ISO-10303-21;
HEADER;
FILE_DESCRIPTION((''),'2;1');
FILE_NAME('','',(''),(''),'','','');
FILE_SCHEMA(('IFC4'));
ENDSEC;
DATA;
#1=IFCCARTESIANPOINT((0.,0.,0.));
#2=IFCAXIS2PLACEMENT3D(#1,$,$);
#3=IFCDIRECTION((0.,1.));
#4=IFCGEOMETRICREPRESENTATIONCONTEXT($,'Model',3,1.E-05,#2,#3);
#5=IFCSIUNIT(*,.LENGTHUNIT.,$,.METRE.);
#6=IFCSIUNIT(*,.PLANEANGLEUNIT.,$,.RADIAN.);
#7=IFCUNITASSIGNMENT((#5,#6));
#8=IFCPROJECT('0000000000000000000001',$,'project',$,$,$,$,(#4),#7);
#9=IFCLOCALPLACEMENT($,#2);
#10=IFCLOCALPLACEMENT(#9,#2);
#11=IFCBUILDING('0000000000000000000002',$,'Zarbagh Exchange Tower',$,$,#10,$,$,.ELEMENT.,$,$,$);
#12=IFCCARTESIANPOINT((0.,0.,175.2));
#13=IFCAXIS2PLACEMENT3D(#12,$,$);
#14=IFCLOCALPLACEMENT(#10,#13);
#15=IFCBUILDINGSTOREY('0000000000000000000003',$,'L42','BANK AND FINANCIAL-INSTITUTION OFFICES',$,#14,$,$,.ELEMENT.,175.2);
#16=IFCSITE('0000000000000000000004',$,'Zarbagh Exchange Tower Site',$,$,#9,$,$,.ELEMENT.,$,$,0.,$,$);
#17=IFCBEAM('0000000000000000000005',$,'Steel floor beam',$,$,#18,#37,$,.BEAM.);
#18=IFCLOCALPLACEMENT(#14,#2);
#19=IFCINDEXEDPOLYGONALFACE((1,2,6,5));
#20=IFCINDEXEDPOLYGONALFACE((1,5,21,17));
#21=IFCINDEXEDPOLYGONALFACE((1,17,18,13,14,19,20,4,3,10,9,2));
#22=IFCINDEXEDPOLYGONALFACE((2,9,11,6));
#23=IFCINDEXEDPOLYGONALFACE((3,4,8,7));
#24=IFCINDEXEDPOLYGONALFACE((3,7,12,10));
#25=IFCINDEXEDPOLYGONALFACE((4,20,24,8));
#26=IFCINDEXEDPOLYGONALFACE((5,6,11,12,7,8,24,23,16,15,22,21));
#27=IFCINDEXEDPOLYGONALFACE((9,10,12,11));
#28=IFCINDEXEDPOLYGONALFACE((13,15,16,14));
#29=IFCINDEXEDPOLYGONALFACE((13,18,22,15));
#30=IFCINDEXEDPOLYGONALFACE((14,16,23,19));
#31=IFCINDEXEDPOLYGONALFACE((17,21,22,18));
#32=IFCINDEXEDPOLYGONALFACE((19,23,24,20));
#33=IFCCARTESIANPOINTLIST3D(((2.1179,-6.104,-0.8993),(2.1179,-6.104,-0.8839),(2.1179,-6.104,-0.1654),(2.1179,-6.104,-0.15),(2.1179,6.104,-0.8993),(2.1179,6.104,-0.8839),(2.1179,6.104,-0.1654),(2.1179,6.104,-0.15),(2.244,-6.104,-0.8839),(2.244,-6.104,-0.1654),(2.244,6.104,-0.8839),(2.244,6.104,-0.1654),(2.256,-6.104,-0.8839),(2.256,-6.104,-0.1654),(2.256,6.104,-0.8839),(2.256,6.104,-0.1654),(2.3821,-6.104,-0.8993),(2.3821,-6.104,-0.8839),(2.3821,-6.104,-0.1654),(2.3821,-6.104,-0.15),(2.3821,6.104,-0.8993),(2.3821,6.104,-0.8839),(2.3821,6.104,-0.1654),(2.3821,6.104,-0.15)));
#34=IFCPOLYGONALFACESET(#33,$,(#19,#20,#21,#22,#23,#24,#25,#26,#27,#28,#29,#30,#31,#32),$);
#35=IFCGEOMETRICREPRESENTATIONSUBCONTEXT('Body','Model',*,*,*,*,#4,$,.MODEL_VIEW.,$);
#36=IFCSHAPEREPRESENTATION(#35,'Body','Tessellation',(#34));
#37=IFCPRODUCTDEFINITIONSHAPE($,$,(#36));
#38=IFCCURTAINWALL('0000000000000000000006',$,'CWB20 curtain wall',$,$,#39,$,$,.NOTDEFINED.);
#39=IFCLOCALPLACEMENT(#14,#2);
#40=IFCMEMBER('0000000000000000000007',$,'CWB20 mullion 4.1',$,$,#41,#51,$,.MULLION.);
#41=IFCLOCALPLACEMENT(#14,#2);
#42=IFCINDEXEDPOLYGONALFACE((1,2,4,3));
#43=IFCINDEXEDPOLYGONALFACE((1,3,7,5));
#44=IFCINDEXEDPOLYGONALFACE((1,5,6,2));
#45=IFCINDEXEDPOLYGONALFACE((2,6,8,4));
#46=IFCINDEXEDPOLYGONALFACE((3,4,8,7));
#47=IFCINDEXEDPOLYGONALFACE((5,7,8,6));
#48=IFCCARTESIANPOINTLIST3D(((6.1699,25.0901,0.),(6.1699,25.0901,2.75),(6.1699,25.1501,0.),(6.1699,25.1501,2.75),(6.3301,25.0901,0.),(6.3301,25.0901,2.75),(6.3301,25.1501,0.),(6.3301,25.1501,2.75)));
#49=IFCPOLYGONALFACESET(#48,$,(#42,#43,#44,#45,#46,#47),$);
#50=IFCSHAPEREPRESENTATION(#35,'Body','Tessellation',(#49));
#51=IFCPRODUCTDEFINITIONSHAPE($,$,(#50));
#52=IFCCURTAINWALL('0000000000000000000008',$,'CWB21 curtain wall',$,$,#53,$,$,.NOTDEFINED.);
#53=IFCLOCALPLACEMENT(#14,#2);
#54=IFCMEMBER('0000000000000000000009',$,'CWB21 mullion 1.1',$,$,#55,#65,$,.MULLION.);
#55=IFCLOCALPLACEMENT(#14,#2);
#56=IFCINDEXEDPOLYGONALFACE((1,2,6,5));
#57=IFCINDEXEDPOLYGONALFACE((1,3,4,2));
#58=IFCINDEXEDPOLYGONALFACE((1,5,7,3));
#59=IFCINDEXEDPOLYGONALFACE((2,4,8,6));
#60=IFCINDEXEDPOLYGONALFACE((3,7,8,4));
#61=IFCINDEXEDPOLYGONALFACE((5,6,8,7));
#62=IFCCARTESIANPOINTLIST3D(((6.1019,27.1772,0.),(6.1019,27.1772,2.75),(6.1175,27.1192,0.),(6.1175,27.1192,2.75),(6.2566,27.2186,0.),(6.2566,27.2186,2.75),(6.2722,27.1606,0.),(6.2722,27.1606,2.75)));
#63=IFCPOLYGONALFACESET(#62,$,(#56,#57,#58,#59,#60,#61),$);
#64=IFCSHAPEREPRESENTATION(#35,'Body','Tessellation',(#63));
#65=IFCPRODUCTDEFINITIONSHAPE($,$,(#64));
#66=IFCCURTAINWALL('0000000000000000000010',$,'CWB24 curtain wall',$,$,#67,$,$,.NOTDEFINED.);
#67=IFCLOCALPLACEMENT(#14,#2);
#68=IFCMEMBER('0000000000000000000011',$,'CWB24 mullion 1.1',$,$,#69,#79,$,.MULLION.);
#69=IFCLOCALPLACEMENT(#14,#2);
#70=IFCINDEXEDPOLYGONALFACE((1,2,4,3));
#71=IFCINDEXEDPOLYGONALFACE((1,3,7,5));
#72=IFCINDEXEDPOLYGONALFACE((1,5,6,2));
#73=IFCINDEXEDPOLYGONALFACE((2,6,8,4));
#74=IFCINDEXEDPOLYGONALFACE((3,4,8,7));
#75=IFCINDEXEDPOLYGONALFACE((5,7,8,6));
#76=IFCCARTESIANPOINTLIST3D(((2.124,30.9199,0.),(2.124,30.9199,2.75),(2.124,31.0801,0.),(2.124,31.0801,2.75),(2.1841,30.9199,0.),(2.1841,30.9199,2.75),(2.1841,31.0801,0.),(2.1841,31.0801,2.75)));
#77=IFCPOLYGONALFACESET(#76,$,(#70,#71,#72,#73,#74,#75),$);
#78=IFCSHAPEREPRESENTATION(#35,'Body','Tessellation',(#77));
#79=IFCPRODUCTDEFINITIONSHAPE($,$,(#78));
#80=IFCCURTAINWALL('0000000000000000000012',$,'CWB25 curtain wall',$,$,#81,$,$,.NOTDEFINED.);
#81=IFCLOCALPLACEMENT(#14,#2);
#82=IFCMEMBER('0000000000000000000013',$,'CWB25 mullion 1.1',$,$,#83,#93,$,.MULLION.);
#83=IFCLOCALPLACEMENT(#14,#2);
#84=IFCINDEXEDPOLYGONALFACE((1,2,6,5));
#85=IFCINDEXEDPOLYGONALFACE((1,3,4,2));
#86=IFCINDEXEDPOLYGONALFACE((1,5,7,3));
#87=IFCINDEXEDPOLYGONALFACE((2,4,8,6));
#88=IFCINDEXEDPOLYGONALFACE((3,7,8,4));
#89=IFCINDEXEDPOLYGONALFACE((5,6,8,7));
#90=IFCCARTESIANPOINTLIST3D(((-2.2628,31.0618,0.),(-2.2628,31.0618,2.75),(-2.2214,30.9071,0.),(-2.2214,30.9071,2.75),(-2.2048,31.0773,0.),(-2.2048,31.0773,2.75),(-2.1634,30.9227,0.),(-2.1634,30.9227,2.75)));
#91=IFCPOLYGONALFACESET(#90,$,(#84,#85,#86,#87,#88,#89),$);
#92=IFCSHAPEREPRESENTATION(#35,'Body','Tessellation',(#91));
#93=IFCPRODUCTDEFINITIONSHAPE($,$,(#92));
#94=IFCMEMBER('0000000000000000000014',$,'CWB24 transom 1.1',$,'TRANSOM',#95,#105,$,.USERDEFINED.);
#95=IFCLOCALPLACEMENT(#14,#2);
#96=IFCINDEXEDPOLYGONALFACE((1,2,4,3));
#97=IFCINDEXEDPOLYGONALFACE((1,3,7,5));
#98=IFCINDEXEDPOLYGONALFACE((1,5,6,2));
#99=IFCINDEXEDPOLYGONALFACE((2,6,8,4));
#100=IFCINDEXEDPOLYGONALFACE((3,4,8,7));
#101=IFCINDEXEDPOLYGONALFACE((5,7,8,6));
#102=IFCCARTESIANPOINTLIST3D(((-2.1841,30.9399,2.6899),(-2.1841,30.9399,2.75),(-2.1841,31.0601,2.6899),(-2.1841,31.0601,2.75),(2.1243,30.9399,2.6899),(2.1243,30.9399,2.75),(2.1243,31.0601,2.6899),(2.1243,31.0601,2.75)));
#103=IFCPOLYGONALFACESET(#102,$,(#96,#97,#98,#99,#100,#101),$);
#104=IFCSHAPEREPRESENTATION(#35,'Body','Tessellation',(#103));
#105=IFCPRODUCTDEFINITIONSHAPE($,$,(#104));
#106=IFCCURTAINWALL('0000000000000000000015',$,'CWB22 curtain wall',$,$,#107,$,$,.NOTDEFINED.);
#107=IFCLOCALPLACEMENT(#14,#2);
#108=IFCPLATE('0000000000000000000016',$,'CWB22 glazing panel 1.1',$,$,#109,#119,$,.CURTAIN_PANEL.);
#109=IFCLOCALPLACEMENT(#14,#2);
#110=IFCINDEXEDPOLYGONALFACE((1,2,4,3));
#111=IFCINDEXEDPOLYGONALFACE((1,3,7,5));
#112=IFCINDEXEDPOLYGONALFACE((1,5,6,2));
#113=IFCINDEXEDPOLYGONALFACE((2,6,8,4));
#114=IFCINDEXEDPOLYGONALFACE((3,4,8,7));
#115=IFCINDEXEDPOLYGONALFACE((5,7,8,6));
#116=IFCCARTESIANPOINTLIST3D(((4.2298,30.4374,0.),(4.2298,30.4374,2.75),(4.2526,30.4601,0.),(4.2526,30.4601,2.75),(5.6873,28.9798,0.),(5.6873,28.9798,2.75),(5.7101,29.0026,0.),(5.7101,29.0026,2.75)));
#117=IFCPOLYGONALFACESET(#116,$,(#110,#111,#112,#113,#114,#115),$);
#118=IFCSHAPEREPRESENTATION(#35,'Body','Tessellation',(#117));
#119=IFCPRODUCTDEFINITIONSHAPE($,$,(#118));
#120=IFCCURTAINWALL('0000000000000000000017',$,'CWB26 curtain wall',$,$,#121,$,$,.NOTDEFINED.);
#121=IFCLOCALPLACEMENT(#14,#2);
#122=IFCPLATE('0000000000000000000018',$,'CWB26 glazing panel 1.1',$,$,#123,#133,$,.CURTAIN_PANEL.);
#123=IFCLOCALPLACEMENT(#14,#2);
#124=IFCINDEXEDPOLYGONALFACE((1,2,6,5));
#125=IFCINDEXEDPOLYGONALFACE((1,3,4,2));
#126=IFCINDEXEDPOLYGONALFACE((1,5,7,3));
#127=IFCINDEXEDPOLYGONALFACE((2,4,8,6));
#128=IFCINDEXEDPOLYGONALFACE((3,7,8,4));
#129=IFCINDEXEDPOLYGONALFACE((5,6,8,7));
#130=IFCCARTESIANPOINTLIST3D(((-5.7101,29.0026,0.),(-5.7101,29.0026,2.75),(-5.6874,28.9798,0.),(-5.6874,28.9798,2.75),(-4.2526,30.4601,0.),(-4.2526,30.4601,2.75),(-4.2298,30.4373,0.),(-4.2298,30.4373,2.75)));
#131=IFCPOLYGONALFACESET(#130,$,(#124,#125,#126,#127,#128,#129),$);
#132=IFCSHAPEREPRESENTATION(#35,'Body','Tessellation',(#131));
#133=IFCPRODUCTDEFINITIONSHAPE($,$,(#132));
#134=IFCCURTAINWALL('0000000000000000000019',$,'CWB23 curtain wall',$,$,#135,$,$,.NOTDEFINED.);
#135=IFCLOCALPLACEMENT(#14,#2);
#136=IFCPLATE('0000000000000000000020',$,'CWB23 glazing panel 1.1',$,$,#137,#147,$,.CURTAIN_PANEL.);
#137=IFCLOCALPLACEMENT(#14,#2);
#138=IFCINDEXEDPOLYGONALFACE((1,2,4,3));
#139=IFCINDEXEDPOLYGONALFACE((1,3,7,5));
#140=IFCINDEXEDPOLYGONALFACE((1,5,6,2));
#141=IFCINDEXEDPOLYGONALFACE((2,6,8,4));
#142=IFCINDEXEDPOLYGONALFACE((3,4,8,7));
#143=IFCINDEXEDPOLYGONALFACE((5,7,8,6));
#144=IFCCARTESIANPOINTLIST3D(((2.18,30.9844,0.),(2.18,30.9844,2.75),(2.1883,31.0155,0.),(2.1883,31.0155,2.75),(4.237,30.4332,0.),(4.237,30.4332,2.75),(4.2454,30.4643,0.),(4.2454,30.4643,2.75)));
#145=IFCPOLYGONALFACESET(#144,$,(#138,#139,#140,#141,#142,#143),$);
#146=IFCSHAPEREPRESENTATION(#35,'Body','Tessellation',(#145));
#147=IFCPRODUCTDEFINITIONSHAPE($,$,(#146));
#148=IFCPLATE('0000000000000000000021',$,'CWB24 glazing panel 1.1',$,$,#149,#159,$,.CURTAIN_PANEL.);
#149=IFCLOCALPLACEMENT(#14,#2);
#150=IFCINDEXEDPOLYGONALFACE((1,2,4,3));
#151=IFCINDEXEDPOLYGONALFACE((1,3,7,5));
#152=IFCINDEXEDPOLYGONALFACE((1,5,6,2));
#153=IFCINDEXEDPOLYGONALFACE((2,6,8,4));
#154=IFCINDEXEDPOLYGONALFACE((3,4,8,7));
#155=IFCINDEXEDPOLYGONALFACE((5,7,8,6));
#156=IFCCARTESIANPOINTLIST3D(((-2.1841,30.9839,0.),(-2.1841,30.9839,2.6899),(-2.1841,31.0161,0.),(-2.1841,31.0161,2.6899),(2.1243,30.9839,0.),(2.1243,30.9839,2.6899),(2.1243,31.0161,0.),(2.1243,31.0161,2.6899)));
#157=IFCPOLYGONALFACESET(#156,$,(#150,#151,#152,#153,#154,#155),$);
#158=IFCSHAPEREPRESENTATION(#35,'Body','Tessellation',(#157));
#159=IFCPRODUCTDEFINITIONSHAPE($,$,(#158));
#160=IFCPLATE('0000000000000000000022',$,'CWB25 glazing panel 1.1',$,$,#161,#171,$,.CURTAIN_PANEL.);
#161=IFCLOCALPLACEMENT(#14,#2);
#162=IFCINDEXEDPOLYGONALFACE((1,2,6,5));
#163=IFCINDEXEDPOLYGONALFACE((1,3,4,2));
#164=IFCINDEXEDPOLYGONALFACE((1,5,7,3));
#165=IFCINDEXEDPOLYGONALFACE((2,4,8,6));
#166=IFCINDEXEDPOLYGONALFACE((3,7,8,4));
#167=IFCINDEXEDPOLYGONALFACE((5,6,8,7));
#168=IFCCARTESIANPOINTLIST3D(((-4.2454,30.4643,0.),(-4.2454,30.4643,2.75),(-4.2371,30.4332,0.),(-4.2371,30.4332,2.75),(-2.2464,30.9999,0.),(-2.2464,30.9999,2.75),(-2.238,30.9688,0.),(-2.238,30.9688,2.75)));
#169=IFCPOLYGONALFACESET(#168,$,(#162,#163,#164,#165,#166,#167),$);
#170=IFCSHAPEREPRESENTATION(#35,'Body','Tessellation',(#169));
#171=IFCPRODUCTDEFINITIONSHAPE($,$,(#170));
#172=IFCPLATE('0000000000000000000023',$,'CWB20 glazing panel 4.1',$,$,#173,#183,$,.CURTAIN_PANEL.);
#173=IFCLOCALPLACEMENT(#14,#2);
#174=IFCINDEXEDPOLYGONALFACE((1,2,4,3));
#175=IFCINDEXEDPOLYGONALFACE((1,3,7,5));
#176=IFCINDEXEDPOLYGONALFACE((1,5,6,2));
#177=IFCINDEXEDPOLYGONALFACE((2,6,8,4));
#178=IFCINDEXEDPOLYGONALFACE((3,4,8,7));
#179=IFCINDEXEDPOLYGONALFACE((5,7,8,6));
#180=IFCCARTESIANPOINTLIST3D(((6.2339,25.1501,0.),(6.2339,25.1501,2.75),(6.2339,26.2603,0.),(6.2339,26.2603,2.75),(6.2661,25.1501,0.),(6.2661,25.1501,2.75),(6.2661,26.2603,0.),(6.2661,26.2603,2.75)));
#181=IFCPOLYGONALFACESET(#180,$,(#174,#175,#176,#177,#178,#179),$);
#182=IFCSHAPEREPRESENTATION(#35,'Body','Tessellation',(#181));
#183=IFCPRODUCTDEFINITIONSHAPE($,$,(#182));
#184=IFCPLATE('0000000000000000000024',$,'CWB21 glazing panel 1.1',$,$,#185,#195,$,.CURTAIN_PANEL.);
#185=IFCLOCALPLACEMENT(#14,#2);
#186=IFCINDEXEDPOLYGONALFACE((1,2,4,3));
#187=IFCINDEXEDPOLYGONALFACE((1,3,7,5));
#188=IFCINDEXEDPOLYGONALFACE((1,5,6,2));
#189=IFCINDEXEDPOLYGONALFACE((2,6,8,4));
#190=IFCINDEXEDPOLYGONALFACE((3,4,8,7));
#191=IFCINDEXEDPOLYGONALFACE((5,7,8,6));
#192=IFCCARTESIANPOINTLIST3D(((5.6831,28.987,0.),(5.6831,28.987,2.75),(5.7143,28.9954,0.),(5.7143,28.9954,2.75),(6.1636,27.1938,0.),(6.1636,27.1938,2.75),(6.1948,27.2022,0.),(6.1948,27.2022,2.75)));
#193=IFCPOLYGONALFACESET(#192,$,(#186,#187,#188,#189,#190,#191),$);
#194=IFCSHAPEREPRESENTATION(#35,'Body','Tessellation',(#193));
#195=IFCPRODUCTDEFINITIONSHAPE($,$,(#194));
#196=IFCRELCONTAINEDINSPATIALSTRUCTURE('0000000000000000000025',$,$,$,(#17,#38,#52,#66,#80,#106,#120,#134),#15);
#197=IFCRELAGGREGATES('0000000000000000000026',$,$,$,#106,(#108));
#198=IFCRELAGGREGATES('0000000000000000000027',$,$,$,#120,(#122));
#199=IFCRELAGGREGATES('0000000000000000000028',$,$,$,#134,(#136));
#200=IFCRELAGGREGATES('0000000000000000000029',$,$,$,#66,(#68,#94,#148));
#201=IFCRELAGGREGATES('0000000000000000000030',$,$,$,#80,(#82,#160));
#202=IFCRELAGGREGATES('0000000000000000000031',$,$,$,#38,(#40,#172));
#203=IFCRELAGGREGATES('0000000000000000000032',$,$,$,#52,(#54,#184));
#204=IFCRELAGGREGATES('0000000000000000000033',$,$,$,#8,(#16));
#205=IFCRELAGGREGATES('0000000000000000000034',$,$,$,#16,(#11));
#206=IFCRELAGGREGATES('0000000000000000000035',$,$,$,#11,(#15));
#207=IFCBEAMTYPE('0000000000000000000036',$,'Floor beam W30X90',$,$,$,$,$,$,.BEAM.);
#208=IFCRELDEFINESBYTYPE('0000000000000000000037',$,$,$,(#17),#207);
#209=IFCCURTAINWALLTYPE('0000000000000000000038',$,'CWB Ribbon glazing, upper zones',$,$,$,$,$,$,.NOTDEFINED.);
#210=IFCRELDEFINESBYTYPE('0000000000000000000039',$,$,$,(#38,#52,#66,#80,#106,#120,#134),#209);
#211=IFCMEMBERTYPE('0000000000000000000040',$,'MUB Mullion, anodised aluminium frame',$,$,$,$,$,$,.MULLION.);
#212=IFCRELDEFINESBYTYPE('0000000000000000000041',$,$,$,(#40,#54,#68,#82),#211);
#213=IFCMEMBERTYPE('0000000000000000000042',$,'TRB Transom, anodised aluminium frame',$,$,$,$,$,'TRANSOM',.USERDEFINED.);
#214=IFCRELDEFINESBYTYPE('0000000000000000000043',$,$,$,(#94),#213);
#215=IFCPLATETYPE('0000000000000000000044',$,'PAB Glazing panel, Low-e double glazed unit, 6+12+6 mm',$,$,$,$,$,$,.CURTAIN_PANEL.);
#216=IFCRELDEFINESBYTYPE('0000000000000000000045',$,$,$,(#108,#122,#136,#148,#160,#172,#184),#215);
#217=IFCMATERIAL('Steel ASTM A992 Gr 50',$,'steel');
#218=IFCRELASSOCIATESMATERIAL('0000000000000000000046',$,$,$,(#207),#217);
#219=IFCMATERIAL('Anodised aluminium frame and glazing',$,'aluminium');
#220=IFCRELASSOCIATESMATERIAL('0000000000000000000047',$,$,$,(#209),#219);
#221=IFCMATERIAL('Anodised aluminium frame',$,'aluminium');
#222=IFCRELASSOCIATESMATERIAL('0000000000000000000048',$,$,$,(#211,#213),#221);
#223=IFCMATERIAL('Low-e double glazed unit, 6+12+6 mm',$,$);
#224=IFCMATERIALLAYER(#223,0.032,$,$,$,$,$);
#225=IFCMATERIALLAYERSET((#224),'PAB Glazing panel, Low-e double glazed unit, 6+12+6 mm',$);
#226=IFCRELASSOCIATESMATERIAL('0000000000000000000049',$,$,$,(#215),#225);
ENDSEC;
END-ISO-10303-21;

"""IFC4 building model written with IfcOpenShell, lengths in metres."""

from ifc_helpers import new_model, si_unit, direction, frame, origin, origin_2d, place, context, subcontext, project, spatial, polyline, i_section, outline, extrude, source, transform, mapped, material, layer, layer_set, material_profile, profile_set, type_object, element, aggregate, save


model = new_model("IFC4")

# Units and contexts
model_context = context("Model", 3, precision=1e-05, world=origin(), true_north=direction((0.0, 1.0)))
body_context = subcontext(model_context, "Body", "Model", "MODEL_VIEW")
ifc_project = project(units=[si_unit("LENGTHUNIT", "METRE"), si_unit("PLANEANGLEUNIT", "RADIAN")], contexts=[model_context])

# Site, building, storey
site_placement = place(None, origin())
site = spatial("IfcSite", under=ifc_project, at=site_placement, Name="Zarbagh Exchange Tower Site", CompositionType="ELEMENT", RefElevation=0.0)
building_placement = place(site_placement, origin())
building = spatial("IfcBuilding", under=site, at=building_placement, Name="Zarbagh Exchange Tower", CompositionType="ELEMENT")
storey_placement = place(building_placement, frame((0.0, 0.0, 175.2)))
storey = spatial("IfcBuildingStorey", under=building, at=storey_placement, Name="L42", Description="BANK AND FINANCIAL-INSTITUTION OFFICES", CompositionType="ELEMENT", Elevation=175.2)

# Beam
ifc_material_1 = material(Name="Steel ASTM A992 Gr 50", Category="steel")
ifc_material_profile = material_profile(ifc_material_1, i_section(OverallWidth=0.2642, OverallDepth=0.7493, WebThickness=0.012, FlangeThickness=0.0154, at=origin_2d()), Name="W30X90")
ifc_profile_set = profile_set([ifc_material_profile], Name="Steel ASTM A992 Gr 50")
beam_type = type_object("IfcBeamType", Name="Floor beam W30X90", PredefinedType="BEAM", material=ifc_profile_set)
beam_placement = place(storey_placement, frame((2.25, -6.104, -0.5247), z_axis=(0.0, 1.0, 0.0), x_axis=(-1.0, 0.0, 0.0)))
element("IfcBeam", 1, at=beam_placement, inside=storey, type_object=beam_type, Name="Steel floor beam", PredefinedType="BEAM", context=body_context, shape_type="SweptSolid", body=[
    extrude(i_section(OverallWidth=0.2642, OverallDepth=0.7493, WebThickness=0.012, FlangeThickness=0.0154, at=origin_2d()), origin(), (0.0, 0.0, 1.0), 12.208),
])

# Curtain walls, members
ifc_material_2 = material(Name="Anodised aluminium frame and glazing", Category="aluminium")
curtain_wall_type = type_object("IfcCurtainWallType", Name="CWB Ribbon glazing, upper zones", PredefinedType="NOTDEFINED", material=ifc_material_2)
curtain_wall_1_placement = place(storey_placement, origin())
curtain_wall_1 = element("IfcCurtainWall", 2, at=curtain_wall_1_placement, inside=storey, type_object=curtain_wall_type, Name="CWB20 curtain wall", PredefinedType="NOTDEFINED")
ifc_material_3 = material(Name="Anodised aluminium frame", Category="aluminium")
member_type_1 = type_object("IfcMemberType", Name="MUB Mullion, anodised aluminium frame", PredefinedType="MULLION", material=ifc_material_3)
shared_shape_1 = source(origin(), body_context, "Body", "SweptSolid", [
    extrude(outline(polyline([(0.0, -0.0801), (0.0601, -0.0801), (0.0601, 0.0801), (0.0, 0.0801), (0.0, -0.0801)])), origin(), (0.0, 0.0, 1.0), 2.75),
])
placement = place(storey_placement, origin())
member_1 = element("IfcMember", 3, at=placement, type_object=member_type_1, Name="CWB20 mullion 4.1", PredefinedType="MULLION", context=body_context, shape_type="MappedRepresentation", body=[
    mapped(shared_shape_1, transform((6.25, 25.0901, 0.0), x_axis=(0.0, 1.0, 0.0), y_axis=(-1.0, 0.0, 0.0), z_axis=(0.0, 0.0, 1.0))),
])
curtain_wall_2_placement = place(storey_placement, origin())
curtain_wall_2 = element("IfcCurtainWall", 4, at=curtain_wall_2_placement, inside=storey, type_object=curtain_wall_type, Name="CWB21 curtain wall", PredefinedType="NOTDEFINED")
member_2 = element("IfcMember", 5, at=placement, type_object=member_type_1, Name="CWB21 mullion 1.1", PredefinedType="MULLION", context=body_context, shape_type="MappedRepresentation", body=[
    mapped(shared_shape_1, transform((6.1948, 27.1399, 0.0), x_axis=(-0.258825, 0.965924, 0.0), y_axis=(-0.965924, -0.258825, 0.0), z_axis=(0.0, 0.0, 1.0))),
])
curtain_wall_3_placement = place(storey_placement, origin())
curtain_wall_3 = element("IfcCurtainWall", 6, at=curtain_wall_3_placement, inside=storey, type_object=curtain_wall_type, Name="CWB24 curtain wall", PredefinedType="NOTDEFINED")
member_3 = element("IfcMember", 7, at=placement, type_object=member_type_1, Name="CWB24 mullion 1.1", PredefinedType="MULLION", context=body_context, shape_type="MappedRepresentation", body=[
    mapped(shared_shape_1, transform((2.1841, 31.0, 0.0), x_axis=(-1.0, 0.0, 0.0), y_axis=(0.0, -1.0, 0.0), z_axis=(0.0, 0.0, 1.0))),
])
curtain_wall_4_placement = place(storey_placement, origin())
curtain_wall_4 = element("IfcCurtainWall", 8, at=curtain_wall_4_placement, inside=storey, type_object=curtain_wall_type, Name="CWB25 curtain wall", PredefinedType="NOTDEFINED")
member_4 = element("IfcMember", 9, at=placement, type_object=member_type_1, Name="CWB25 mullion 1.1", PredefinedType="MULLION", context=body_context, shape_type="MappedRepresentation", body=[
    mapped(shared_shape_1, transform((-2.1841, 31.0, 0.0), x_axis=(-0.965924, -0.258825, 0.0), y_axis=(0.258825, -0.965924, 0.0), z_axis=(0.0, 0.0, 1.0))),
])

# Member
member_type_2 = type_object("IfcMemberType", Name="TRB Transom, anodised aluminium frame", ElementType="TRANSOM", PredefinedType="USERDEFINED", material=ifc_material_3)
shared_shape_2 = source(origin(), body_context, "Body", "SweptSolid", [
    extrude(outline(polyline([(-0.0601, -0.0601), (0.0, -0.0601), (0.0, 0.0601), (-0.0601, 0.0601), (-0.0601, -0.0601)])), origin(), (0.0, 0.0, 1.0), 4.3083),
])
member_5 = element("IfcMember", 10, at=placement, type_object=member_type_2, Name="CWB24 transom 1.1", ObjectType="TRANSOM", PredefinedType="USERDEFINED", context=body_context, shape_type="MappedRepresentation", body=[
    mapped(shared_shape_2, transform((2.1243, 31.0, 2.75), x_axis=(0.0, 0.0, 1.0), y_axis=(0.0, 1.0, 0.0), z_axis=(-1.0, 0.0, 0.0))),
])

# Curtain walls, plates
curtain_wall_5_placement = place(storey_placement, origin())
curtain_wall_5 = element("IfcCurtainWall", 11, at=curtain_wall_5_placement, inside=storey, type_object=curtain_wall_type, Name="CWB22 curtain wall", PredefinedType="NOTDEFINED")
ifc_material_4 = material(Name="Low-e double glazed unit, 6+12+6 mm")
ifc_layer_1 = layer(ifc_material_4, 0.032)
ifc_layer_set_1 = layer_set([ifc_layer_1], Name="PAB Glazing panel, Low-e double glazed unit, 6+12+6 mm")
plate_type = type_object("IfcPlateType", Name="PAB Glazing panel, Low-e double glazed unit, 6+12+6 mm", PredefinedType="CURTAIN_PANEL", material=ifc_layer_set_1)
shared_shape_3 = source(origin(), body_context, "Body", "SweptSolid", [
    extrude(outline(polyline([(0.0, -0.0161), (2.0613, -0.0161), (2.0613, 0.0161), (0.0, 0.0161), (0.0, -0.0161)])), origin(), (0.0, 0.0, 1.0), 2.75),
])
plate_1 = element("IfcPlate", 12, at=placement, type_object=plate_type, Name="CWB22 glazing panel 1.1", PredefinedType="CURTAIN_PANEL", context=body_context, shape_type="MappedRepresentation", body=[
    mapped(shared_shape_3, transform((5.6987, 28.9912, 0.0), x_axis=(-0.707107, 0.707107, 0.0), y_axis=(-0.707107, -0.707107, 0.0), z_axis=(0.0, 0.0, 1.0))),
])
aggregate(curtain_wall_5, [plate_1])
curtain_wall_6_placement = place(storey_placement, origin())
curtain_wall_6 = element("IfcCurtainWall", 13, at=curtain_wall_6_placement, inside=storey, type_object=curtain_wall_type, Name="CWB26 curtain wall", PredefinedType="NOTDEFINED")
plate_2 = element("IfcPlate", 14, at=placement, type_object=plate_type, Name="CWB26 glazing panel 1.1", PredefinedType="CURTAIN_PANEL", context=body_context, shape_type="MappedRepresentation", body=[
    mapped(shared_shape_3, transform((-4.2412, 30.4487, 0.0), x_axis=(-0.707107, -0.707107, 0.0), y_axis=(0.707107, -0.707107, 0.0), z_axis=(0.0, 0.0, 1.0))),
])
aggregate(curtain_wall_6, [plate_2])
curtain_wall_7_placement = place(storey_placement, origin())
curtain_wall_7 = element("IfcCurtainWall", 15, at=curtain_wall_7_placement, inside=storey, type_object=curtain_wall_type, Name="CWB23 curtain wall", PredefinedType="NOTDEFINED")
shared_shape_4 = source(origin(), body_context, "Body", "SweptSolid", [
    extrude(outline(polyline([(0.0, -0.0161), (2.1296, -0.0161), (2.1296, 0.0161), (0.0, 0.0161), (0.0, -0.0161)])), origin(), (0.0, 0.0, 1.0), 2.75),
])
plate_3 = element("IfcPlate", 16, at=placement, type_object=plate_type, Name="CWB23 glazing panel 1.1", PredefinedType="CURTAIN_PANEL", context=body_context, shape_type="MappedRepresentation", body=[
    mapped(shared_shape_4, transform((4.2412, 30.4487, 0.0), x_axis=(-0.965924, 0.258825, 0.0), y_axis=(-0.258825, -0.965924, 0.0), z_axis=(0.0, 0.0, 1.0))),
])
aggregate(curtain_wall_7, [plate_3])

# Plates
shared_shape_5 = source(origin(), body_context, "Body", "SweptSolid", [
    extrude(outline(polyline([(0.0, -0.0161), (4.3083, -0.0161), (4.3083, 0.0161), (0.0, 0.0161), (0.0, -0.0161)])), origin(), (0.0, 0.0, 1.0), 2.6899),
])
plate_4 = element("IfcPlate", 17, at=placement, type_object=plate_type, Name="CWB24 glazing panel 1.1", PredefinedType="CURTAIN_PANEL", context=body_context, shape_type="MappedRepresentation", body=[
    mapped(shared_shape_5, transform((2.1243, 31.0, 0.0), x_axis=(-1.0, 0.0, 0.0), y_axis=(0.0, -1.0, 0.0), z_axis=(0.0, 0.0, 1.0))),
])
aggregate(curtain_wall_3, [member_3, member_5, plate_4])
shared_shape_6 = source(origin(), body_context, "Body", "SweptSolid", [
    extrude(outline(polyline([(0.0, -0.0161), (2.0696, -0.0161), (2.0696, 0.0161), (0.0, 0.0161), (0.0, -0.0161)])), origin(), (0.0, 0.0, 1.0), 2.75),
])
plate_5 = element("IfcPlate", 18, at=placement, type_object=plate_type, Name="CWB25 glazing panel 1.1", PredefinedType="CURTAIN_PANEL", context=body_context, shape_type="MappedRepresentation", body=[
    mapped(shared_shape_6, transform((-2.2422, 30.9844, 0.0), x_axis=(-0.965924, -0.258825, 0.0), y_axis=(0.258825, -0.965924, 0.0), z_axis=(0.0, 0.0, 1.0))),
])
aggregate(curtain_wall_4, [member_4, plate_5])
shared_shape_7 = source(origin(), body_context, "Body", "SweptSolid", [
    extrude(outline(polyline([(0.0, -0.0161), (1.1101, -0.0161), (1.1101, 0.0161), (0.0, 0.0161), (0.0, -0.0161)])), origin(), (0.0, 0.0, 1.0), 2.75),
])
plate_6 = element("IfcPlate", 19, at=placement, type_object=plate_type, Name="CWB20 glazing panel 4.1", PredefinedType="CURTAIN_PANEL", context=body_context, shape_type="MappedRepresentation", body=[
    mapped(shared_shape_7, transform((6.25, 25.1501, 0.0), x_axis=(0.0, 1.0, 0.0), y_axis=(-1.0, 0.0, 0.0), z_axis=(0.0, 0.0, 1.0))),
])
aggregate(curtain_wall_1, [member_1, plate_6])
shared_shape_8 = source(origin(), body_context, "Body", "SweptSolid", [
    extrude(outline(polyline([(0.0, -0.0161), (1.8564, -0.0161), (1.8564, 0.0161), (0.0, 0.0161), (0.0, -0.0161)])), origin(), (0.0, 0.0, 1.0), 2.75),
])
plate_7 = element("IfcPlate", 20, at=placement, type_object=plate_type, Name="CWB21 glazing panel 1.1", PredefinedType="CURTAIN_PANEL", context=body_context, shape_type="MappedRepresentation", body=[
    mapped(shared_shape_8, transform((6.1792, 27.198, 0.0), x_axis=(-0.258825, 0.965924, 0.0), y_axis=(-0.965924, -0.258825, 0.0), z_axis=(0.0, 0.0, 1.0))),
])
aggregate(curtain_wall_2, [member_2, plate_7])

save(model, "model.ifc")
